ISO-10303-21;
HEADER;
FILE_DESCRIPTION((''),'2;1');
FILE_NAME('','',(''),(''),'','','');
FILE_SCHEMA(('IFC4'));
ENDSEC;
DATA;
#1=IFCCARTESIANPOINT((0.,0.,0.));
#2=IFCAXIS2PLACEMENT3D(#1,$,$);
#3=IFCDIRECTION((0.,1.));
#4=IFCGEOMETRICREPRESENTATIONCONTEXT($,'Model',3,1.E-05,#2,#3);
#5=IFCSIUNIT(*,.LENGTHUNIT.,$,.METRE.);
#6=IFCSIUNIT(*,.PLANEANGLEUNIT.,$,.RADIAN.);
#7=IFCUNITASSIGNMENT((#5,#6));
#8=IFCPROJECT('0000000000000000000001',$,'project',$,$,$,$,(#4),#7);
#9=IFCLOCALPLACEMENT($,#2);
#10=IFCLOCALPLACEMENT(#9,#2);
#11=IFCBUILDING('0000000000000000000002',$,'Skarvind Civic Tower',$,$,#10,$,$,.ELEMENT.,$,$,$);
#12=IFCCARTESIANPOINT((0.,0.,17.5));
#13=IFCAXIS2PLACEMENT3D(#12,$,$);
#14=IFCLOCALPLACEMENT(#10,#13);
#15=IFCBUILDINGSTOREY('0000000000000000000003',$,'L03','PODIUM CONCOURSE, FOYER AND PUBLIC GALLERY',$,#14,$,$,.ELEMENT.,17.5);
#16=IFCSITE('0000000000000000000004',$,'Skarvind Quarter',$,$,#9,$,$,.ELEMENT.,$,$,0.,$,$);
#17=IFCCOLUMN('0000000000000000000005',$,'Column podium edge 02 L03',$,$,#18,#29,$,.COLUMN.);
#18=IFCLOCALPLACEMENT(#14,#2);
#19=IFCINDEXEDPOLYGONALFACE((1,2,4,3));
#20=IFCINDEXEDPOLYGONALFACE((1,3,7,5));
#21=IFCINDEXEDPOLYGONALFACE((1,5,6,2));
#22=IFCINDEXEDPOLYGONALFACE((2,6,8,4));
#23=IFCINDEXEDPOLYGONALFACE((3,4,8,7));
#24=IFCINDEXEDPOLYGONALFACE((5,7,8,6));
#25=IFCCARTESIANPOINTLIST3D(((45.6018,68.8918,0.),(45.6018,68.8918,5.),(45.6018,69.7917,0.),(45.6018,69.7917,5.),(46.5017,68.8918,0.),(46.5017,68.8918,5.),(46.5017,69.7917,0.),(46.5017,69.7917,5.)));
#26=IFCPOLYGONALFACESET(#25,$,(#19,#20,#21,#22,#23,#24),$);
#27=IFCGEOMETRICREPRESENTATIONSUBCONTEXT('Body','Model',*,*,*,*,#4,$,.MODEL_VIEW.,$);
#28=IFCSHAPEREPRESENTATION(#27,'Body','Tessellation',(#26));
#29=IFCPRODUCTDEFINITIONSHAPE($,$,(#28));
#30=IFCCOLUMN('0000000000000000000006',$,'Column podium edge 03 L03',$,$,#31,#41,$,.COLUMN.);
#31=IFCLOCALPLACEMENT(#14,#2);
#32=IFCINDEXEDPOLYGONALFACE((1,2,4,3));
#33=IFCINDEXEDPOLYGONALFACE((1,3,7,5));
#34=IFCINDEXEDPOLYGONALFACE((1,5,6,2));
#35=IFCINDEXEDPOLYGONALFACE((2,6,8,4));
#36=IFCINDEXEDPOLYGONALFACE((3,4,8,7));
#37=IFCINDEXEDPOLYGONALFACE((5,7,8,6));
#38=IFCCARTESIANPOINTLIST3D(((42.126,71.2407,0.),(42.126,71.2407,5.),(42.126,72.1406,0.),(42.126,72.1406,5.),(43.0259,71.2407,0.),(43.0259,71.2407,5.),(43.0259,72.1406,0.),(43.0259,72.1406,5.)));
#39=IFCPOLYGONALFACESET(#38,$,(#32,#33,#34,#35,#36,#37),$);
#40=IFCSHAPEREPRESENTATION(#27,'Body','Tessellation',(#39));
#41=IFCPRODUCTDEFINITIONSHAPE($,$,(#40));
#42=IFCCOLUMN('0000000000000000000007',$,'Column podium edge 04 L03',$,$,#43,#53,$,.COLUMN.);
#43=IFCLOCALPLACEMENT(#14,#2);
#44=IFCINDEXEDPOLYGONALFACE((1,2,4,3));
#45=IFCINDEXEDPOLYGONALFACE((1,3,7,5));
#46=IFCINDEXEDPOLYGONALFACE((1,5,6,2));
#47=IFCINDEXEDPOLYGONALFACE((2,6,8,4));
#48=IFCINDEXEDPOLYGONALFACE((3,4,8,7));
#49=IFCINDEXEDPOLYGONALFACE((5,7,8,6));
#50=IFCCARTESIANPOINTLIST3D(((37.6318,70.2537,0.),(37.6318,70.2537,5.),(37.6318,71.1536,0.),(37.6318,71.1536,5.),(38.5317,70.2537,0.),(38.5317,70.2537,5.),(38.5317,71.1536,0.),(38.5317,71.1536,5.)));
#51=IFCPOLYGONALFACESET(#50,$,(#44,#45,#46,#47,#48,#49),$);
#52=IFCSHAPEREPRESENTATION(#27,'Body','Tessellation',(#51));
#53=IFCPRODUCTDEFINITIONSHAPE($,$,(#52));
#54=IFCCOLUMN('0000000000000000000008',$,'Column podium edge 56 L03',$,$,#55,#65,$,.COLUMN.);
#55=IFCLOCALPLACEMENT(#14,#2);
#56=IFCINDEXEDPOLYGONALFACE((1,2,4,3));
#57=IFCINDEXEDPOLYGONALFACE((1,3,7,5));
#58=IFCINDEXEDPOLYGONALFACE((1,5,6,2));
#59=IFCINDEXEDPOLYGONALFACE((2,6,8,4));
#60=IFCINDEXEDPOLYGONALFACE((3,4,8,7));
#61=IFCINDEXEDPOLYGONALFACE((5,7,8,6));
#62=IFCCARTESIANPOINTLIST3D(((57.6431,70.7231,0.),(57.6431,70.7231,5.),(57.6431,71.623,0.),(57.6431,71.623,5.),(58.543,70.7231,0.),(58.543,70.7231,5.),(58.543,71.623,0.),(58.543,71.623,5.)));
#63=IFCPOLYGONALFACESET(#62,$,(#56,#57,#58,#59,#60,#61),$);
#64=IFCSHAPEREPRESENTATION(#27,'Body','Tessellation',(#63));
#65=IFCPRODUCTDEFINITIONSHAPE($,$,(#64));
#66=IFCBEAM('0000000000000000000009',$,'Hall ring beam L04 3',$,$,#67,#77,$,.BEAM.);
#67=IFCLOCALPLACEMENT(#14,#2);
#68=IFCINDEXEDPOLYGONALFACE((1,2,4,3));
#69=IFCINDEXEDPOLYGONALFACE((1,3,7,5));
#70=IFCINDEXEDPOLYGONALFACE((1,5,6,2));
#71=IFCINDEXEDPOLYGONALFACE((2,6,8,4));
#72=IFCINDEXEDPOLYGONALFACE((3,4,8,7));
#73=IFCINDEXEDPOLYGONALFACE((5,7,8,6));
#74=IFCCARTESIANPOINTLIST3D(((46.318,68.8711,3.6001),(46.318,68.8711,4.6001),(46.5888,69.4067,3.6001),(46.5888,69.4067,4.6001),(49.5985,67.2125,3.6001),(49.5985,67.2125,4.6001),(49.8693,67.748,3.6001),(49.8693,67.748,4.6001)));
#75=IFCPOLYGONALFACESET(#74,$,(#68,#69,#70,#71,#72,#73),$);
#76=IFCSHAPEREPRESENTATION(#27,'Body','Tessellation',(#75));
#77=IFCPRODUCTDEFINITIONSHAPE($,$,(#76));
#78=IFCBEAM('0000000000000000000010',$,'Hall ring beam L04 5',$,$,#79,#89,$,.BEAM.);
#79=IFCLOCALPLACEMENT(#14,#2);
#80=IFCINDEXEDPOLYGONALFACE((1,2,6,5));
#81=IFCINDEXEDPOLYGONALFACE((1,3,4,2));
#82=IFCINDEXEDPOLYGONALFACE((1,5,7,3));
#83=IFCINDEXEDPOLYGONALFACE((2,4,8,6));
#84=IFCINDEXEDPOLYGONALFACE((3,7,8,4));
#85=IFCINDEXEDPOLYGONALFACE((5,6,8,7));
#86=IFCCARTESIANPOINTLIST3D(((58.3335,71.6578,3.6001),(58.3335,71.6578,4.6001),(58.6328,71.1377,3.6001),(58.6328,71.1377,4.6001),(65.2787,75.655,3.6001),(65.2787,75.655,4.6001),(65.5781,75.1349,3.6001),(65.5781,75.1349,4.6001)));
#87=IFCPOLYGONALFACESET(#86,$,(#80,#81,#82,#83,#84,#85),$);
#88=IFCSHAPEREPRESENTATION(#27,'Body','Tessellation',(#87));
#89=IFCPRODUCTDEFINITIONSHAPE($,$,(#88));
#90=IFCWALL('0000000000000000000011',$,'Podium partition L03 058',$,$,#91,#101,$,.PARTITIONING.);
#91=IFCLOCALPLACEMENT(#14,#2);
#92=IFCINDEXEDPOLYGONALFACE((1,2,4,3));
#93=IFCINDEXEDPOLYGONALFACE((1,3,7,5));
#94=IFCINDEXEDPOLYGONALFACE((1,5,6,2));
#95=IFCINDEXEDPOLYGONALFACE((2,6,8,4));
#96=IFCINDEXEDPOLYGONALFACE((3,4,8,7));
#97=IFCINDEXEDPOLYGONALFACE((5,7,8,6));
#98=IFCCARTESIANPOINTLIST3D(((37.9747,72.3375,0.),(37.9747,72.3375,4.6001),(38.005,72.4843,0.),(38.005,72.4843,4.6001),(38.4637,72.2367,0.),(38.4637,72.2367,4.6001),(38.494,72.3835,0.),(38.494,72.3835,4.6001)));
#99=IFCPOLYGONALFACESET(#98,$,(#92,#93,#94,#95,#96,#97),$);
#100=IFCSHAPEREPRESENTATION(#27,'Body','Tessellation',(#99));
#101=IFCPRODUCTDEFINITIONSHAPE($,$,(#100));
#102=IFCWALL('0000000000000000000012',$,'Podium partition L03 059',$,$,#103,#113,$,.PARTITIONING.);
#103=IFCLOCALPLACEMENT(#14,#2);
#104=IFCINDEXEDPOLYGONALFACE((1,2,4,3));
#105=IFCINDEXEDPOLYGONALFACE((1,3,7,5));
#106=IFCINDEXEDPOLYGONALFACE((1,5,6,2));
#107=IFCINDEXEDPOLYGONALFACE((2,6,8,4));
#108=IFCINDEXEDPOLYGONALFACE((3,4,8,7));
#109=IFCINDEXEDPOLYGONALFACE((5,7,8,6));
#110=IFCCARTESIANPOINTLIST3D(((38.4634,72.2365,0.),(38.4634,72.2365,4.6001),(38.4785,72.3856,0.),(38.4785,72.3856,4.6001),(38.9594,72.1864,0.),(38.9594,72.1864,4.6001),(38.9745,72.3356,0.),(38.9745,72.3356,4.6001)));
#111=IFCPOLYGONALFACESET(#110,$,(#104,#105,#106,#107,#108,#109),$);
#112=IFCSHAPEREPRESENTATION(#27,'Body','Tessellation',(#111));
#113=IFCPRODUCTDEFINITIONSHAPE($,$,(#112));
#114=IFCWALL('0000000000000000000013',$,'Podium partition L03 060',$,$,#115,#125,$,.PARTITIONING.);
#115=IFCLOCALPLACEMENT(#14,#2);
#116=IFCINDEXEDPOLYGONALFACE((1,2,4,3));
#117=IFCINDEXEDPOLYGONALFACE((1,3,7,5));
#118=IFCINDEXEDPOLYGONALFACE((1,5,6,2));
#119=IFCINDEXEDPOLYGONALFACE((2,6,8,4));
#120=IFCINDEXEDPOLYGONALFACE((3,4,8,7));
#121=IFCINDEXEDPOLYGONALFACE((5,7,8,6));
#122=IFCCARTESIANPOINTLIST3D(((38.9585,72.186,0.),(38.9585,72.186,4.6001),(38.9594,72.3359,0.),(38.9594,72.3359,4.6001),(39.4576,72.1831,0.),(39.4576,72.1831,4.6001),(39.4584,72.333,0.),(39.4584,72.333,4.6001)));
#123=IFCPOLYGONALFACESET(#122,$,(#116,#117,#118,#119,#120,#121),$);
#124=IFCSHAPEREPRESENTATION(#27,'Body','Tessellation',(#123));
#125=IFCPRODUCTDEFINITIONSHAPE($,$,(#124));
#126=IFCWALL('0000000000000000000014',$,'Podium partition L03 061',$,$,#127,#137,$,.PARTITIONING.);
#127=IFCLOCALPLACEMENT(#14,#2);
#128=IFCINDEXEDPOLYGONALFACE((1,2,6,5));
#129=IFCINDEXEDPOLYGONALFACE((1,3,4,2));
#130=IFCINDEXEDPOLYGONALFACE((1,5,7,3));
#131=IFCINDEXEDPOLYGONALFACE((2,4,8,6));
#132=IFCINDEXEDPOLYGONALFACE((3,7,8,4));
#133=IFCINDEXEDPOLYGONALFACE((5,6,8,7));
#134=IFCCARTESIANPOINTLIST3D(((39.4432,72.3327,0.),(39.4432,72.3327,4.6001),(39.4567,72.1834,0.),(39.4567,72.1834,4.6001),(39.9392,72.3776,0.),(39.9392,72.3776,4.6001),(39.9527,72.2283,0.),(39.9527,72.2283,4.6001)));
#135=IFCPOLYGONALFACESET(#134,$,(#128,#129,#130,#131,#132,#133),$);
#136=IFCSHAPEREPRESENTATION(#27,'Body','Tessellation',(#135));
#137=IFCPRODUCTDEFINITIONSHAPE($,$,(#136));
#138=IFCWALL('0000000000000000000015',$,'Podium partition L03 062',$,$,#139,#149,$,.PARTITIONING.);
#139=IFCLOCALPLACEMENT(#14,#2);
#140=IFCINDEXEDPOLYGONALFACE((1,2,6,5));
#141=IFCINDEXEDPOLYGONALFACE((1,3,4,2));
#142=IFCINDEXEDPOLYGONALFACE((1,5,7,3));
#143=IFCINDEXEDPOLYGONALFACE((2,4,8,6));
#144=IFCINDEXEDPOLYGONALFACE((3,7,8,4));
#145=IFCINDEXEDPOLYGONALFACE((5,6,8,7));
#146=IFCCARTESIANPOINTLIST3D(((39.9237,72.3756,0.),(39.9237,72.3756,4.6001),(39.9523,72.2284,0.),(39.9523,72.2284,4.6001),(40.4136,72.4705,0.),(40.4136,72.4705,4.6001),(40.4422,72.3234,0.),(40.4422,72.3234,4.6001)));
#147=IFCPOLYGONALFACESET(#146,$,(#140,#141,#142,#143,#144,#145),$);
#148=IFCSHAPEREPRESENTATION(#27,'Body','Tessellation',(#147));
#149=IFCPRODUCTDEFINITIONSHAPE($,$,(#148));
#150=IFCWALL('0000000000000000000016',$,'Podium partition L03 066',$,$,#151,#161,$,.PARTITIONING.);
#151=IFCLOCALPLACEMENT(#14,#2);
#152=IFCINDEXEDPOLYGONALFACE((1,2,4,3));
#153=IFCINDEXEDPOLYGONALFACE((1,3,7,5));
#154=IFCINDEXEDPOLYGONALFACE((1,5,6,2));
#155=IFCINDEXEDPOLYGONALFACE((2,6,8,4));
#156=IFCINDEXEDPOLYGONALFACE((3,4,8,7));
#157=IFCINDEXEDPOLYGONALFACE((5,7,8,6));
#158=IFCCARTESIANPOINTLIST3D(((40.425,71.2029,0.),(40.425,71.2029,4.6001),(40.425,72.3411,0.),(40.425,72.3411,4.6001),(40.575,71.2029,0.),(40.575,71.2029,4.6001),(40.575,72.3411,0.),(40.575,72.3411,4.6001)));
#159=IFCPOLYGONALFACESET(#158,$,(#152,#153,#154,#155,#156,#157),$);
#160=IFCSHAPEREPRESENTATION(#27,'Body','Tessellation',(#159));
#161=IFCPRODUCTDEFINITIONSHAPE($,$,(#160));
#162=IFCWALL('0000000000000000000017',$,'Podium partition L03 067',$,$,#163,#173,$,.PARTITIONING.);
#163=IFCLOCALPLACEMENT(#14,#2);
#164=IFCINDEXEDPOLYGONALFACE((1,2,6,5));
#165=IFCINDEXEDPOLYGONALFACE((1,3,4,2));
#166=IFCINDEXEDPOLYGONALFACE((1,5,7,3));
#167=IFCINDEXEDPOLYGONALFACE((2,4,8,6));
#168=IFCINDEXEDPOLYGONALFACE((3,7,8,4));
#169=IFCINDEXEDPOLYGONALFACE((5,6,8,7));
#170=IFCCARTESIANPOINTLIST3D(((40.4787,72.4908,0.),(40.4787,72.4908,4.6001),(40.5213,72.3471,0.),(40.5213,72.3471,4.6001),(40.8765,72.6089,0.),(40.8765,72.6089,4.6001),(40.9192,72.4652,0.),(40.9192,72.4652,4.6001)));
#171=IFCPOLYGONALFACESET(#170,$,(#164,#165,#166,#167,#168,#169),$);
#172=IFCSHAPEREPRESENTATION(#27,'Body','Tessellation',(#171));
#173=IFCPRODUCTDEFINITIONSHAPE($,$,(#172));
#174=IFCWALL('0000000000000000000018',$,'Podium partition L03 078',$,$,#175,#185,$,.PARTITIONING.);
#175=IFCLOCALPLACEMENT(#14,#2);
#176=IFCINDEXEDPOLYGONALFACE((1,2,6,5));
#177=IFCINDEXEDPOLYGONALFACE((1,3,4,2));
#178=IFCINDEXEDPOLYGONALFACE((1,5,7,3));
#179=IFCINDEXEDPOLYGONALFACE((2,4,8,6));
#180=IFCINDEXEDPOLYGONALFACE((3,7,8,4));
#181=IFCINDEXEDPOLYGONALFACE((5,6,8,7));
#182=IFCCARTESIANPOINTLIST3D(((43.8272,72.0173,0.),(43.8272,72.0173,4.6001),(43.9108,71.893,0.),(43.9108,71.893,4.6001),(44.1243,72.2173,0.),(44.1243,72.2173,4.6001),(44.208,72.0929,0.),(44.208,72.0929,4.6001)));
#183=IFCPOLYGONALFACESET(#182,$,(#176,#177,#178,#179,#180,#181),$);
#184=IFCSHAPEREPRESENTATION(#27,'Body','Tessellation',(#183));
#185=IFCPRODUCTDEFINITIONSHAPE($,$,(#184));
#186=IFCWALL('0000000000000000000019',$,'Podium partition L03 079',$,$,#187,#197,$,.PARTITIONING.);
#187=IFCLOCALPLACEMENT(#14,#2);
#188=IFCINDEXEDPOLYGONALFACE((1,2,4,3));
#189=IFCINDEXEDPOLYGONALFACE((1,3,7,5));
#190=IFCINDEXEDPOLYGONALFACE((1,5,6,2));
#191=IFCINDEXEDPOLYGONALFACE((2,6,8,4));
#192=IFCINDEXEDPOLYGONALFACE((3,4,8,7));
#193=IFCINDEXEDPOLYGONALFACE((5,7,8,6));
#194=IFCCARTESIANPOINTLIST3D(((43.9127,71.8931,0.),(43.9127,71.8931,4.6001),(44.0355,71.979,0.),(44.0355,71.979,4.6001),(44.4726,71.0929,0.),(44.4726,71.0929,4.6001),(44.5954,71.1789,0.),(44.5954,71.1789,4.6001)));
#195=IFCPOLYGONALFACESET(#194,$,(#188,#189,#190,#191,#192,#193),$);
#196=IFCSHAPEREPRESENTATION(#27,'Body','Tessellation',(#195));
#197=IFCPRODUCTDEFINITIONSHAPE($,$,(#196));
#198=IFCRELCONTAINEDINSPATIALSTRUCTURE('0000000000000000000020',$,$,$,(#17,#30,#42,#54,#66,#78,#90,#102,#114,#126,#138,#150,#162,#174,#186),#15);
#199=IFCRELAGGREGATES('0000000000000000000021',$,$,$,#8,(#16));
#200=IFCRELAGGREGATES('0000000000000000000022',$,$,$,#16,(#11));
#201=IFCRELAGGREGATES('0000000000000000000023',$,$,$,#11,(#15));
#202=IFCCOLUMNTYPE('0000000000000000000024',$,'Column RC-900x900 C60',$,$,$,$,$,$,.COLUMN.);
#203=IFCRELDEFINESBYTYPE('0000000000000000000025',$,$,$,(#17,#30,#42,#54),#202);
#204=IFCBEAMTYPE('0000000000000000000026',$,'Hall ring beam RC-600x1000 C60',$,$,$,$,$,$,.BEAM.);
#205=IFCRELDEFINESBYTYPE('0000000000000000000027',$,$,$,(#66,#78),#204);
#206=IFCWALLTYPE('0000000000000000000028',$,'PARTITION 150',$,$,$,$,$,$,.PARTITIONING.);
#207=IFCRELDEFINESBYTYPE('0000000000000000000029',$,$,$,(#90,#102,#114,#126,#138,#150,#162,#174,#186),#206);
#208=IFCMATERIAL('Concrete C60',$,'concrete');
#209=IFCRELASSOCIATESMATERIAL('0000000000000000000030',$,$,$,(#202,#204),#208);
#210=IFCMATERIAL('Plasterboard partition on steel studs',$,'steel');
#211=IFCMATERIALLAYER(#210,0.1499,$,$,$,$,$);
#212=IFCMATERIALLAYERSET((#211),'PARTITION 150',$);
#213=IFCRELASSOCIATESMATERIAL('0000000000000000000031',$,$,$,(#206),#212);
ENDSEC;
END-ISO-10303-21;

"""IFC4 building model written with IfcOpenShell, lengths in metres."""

from ifc_helpers import new_model, si_unit, direction, frame, frame_2d, origin, origin_2d, place, context, subcontext, project, spatial, rectangle, extrude, material, layer, layer_set, material_profile, profile_set, type_object, element, save


model = new_model("IFC4")

# Units and contexts
model_context = context("Model", 3, precision=1e-05, world=origin(), true_north=direction((0.0, 1.0)))
body_context = subcontext(model_context, "Body", "Model", "MODEL_VIEW")
ifc_project = project(units=[si_unit("LENGTHUNIT", "METRE"), si_unit("PLANEANGLEUNIT", "RADIAN")], contexts=[model_context])

# Site, building, storey
site_placement = place(None, origin())
site = spatial("IfcSite", under=ifc_project, at=site_placement, Name="Skarvind Quarter", CompositionType="ELEMENT", RefElevation=0.0)
building_placement = place(site_placement, origin())
building = spatial("IfcBuilding", under=site, at=building_placement, Name="Skarvind Civic Tower", CompositionType="ELEMENT")
storey_placement = place(building_placement, frame((0.0, 0.0, 17.5)))
storey = spatial("IfcBuildingStorey", under=building, at=storey_placement, Name="L03", Description="PODIUM CONCOURSE, FOYER AND PUBLIC GALLERY", CompositionType="ELEMENT", Elevation=17.5)

# Columns
ifc_material_1 = material(Name="Concrete C60", Category="concrete")
ifc_material_profile_1 = material_profile(ifc_material_1, rectangle(XDim=0.8999, YDim=0.8999, at=origin_2d()), Name="RC-900x900")
ifc_profile_set_1 = profile_set([ifc_material_profile_1], Name="Concrete C60")
column_type = type_object("IfcColumnType", Name="Column RC-900x900 C60", PredefinedType="COLUMN", material=ifc_profile_set_1)
for number, where, z_axis, x_axis, name in (
    (1, (46.0518, 69.3418, 0.0), (0.0, 0.0, 1.0), (1.0, 0.0, 0.0), "Column podium edge 02 L03"),
    (2, (42.5759, 71.6907, 0.0), (0.0, 0.0, 1.0), (1.0, 0.0, 0.0), "Column podium edge 03 L03"),
    (3, (38.0818, 70.7036, 0.0), (0.0, 0.0, 1.0), (1.0, 0.0, 0.0), "Column podium edge 04 L03"),
    (4, (58.093, 71.1731, 0.0), (0.0, 0.0, 1.0), (1.0, 0.0, 0.0), "Column podium edge 56 L03"),
):
    element("IfcColumn", number, at=place(storey_placement, frame(where, z_axis=z_axis, x_axis=x_axis)), inside=storey, type_object=column_type, Name=name, PredefinedType="COLUMN", context=body_context, shape_type="SweptSolid", body=[
        extrude(rectangle(XDim=0.8999, YDim=0.8999, at=origin_2d()), origin(), (0.0, 0.0, 1.0), 5.0),
    ])

# Beams
ifc_material_profile_2 = material_profile(ifc_material_1, rectangle(XDim=0.6001, YDim=1.0, at=origin_2d()), Name="RC-600x1000")
ifc_profile_set_2 = profile_set([ifc_material_profile_2], Name="Concrete C60")
beam_type = type_object("IfcBeamType", Name="Hall ring beam RC-600x1000 C60", PredefinedType="BEAM", material=ifc_profile_set_2)
beam_1_placement = place(storey_placement, frame((46.4534, 69.1389, 4.1001), z_axis=(0.892412, -0.451221, 0.0), x_axis=(0.451221, 0.892412, 0.0)))
element("IfcBeam", 5, at=beam_1_placement, inside=storey, type_object=beam_type, Name="Hall ring beam L04 3", PredefinedType="BEAM", context=body_context, shape_type="SweptSolid", body=[
    extrude(rectangle(XDim=0.6001, YDim=1.0, at=origin_2d()), origin(), (0.0, 0.0, 1.0), 3.676),
])
beam_2_placement = place(storey_placement, frame((58.4832, 71.3977, 4.1001), z_axis=(0.866703, 0.498824, 0.0), x_axis=(-0.498824, 0.866703, 0.0)))
element("IfcBeam", 6, at=beam_2_placement, inside=storey, type_object=beam_type, Name="Hall ring beam L04 5", PredefinedType="BEAM", context=body_context, shape_type="SweptSolid", body=[
    extrude(rectangle(XDim=0.6001, YDim=1.0, at=origin_2d()), origin(), (0.0, 0.0, 1.0), 8.0134),
])

# Walls
ifc_material_2 = material(Name="Plasterboard partition on steel studs", Category="steel")
ifc_layer_1 = layer(ifc_material_2, 0.1499)
ifc_layer_set_1 = layer_set([ifc_layer_1], Name="PARTITION 150")
wall_type_1 = type_object("IfcWallType", Name="PARTITION 150", PredefinedType="PARTITIONING", material=ifc_layer_set_1)
wall_1_placement = place(storey_placement, frame((37.99, 72.4109, 0.0), z_axis=(0.0, 0.0, 1.0), x_axis=(0.979397, -0.201943, 0.0)))
element("IfcWall", 7, at=wall_1_placement, inside=storey, type_object=wall_type_1, Name="Podium partition L03 058", PredefinedType="PARTITIONING", context=body_context, shape_type="SweptSolid", body=[
    extrude(rectangle(XDim=0.4993, YDim=0.1499, at=frame_2d((0.2495, 0.0))), origin(), (0.0, 0.0, 1.0), 4.6001),
])
wall_2_placement = place(storey_placement, frame((38.4709, 72.311, 0.0), z_axis=(0.0, 0.0, 1.0), x_axis=(0.99495, -0.100376, 0.0)))
element("IfcWall", 8, at=wall_2_placement, inside=storey, type_object=wall_type_1, Name="Podium partition L03 059", PredefinedType="PARTITIONING", context=body_context, shape_type="SweptSolid", body=[
    extrude(rectangle(XDim=0.4985, YDim=0.1499, at=frame_2d((0.2493, 0.0))), origin(), (0.0, 0.0, 1.0), 4.6001),
])
wall_3_placement = place(storey_placement, frame((38.959, 72.261, 0.0), z_axis=(0.0, 0.0, 1.0), x_axis=(0.999983, -0.005871, 0.0)))
element("IfcWall", 9, at=wall_3_placement, inside=storey, type_object=wall_type_1, Name="Podium partition L03 060", PredefinedType="PARTITIONING", context=body_context, shape_type="SweptSolid", body=[
    extrude(rectangle(XDim=0.499, YDim=0.1499, at=frame_2d((0.2495, 0.0))), origin(), (0.0, 0.0, 1.0), 4.6001),
])
wall_4_placement = place(storey_placement, frame((39.45, 72.2581, 0.0), z_axis=(0.0, 0.0, 1.0), x_axis=(0.995925, 0.090182, 0.0)))
element("IfcWall", 10, at=wall_4_placement, inside=storey, type_object=wall_type_1, Name="Podium partition L03 061", PredefinedType="PARTITIONING", context=body_context, shape_type="SweptSolid", body=[
    extrude(rectangle(XDim=0.498, YDim=0.1499, at=frame_2d((0.249, 0.0))), origin(), (0.0, 0.0, 1.0), 4.6001),
])
wall_5_placement = place(storey_placement, frame((39.938, 72.302, 0.0), z_axis=(0.0, 0.0, 1.0), x_axis=(0.98173, 0.19028, 0.0)))
element("IfcWall", 11, at=wall_5_placement, inside=storey, type_object=wall_type_1, Name="Podium partition L03 062", PredefinedType="PARTITIONING", context=body_context, shape_type="SweptSolid", body=[
    extrude(rectangle(XDim=0.499, YDim=0.1499, at=frame_2d((0.2495, 0.0))), origin(), (0.0, 0.0, 1.0), 4.6001),
])
wall_6_placement = place(storey_placement, frame((40.5, 71.2029, 0.0), z_axis=(0.0, 0.0, 1.0), x_axis=(0.0, 1.0, 0.0)))
element("IfcWall", 12, at=wall_6_placement, inside=storey, type_object=wall_type_1, Name="Podium partition L03 066", PredefinedType="PARTITIONING", context=body_context, shape_type="SweptSolid", body=[
    extrude(rectangle(XDim=1.1382, YDim=0.1499, at=frame_2d((0.5691, 0.0))), origin(), (0.0, 0.0, 1.0), 4.6001),
])
wall_7_placement = place(storey_placement, frame((40.5, 72.4189, 0.0), z_axis=(0.0, 0.0, 1.0), x_axis=(0.958632, 0.284649, 0.0)))
element("IfcWall", 13, at=wall_7_placement, inside=storey, type_object=wall_type_1, Name="Podium partition L03 067", PredefinedType="PARTITIONING", context=body_context, shape_type="SweptSolid", body=[
    extrude(rectangle(XDim=0.415, YDim=0.1499, at=frame_2d((0.2075, 0.0))), origin(), (0.0, 0.0, 1.0), 4.6001),
])
wall_8_placement = place(storey_placement, frame((43.8689, 71.9551, 0.0), z_axis=(0.0, 0.0, 1.0), x_axis=(0.82963, 0.558313, 0.0)))
element("IfcWall", 14, at=wall_8_placement, inside=storey, type_object=wall_type_1, Name="Podium partition L03 078", PredefinedType="PARTITIONING", context=body_context, shape_type="SweptSolid", body=[
    extrude(rectangle(XDim=0.3582, YDim=0.1499, at=frame_2d((0.1792, 0.0))), origin(), (0.0, 0.0, 1.0), 4.6001),
])
wall_9_placement = place(storey_placement, frame((43.9741, 71.936, 0.0), z_axis=(0.0, 0.0, 1.0), x_axis=(0.573311, -0.819338, 0.0)))
element("IfcWall", 15, at=wall_9_placement, inside=storey, type_object=wall_type_1, Name="Podium partition L03 079", PredefinedType="PARTITIONING", context=body_context, shape_type="SweptSolid", body=[
    extrude(rectangle(XDim=0.9766, YDim=0.1499, at=frame_2d((0.4883, 0.0))), origin(), (0.0, 0.0, 1.0), 4.6001),
])

save(model, "model.ifc")
